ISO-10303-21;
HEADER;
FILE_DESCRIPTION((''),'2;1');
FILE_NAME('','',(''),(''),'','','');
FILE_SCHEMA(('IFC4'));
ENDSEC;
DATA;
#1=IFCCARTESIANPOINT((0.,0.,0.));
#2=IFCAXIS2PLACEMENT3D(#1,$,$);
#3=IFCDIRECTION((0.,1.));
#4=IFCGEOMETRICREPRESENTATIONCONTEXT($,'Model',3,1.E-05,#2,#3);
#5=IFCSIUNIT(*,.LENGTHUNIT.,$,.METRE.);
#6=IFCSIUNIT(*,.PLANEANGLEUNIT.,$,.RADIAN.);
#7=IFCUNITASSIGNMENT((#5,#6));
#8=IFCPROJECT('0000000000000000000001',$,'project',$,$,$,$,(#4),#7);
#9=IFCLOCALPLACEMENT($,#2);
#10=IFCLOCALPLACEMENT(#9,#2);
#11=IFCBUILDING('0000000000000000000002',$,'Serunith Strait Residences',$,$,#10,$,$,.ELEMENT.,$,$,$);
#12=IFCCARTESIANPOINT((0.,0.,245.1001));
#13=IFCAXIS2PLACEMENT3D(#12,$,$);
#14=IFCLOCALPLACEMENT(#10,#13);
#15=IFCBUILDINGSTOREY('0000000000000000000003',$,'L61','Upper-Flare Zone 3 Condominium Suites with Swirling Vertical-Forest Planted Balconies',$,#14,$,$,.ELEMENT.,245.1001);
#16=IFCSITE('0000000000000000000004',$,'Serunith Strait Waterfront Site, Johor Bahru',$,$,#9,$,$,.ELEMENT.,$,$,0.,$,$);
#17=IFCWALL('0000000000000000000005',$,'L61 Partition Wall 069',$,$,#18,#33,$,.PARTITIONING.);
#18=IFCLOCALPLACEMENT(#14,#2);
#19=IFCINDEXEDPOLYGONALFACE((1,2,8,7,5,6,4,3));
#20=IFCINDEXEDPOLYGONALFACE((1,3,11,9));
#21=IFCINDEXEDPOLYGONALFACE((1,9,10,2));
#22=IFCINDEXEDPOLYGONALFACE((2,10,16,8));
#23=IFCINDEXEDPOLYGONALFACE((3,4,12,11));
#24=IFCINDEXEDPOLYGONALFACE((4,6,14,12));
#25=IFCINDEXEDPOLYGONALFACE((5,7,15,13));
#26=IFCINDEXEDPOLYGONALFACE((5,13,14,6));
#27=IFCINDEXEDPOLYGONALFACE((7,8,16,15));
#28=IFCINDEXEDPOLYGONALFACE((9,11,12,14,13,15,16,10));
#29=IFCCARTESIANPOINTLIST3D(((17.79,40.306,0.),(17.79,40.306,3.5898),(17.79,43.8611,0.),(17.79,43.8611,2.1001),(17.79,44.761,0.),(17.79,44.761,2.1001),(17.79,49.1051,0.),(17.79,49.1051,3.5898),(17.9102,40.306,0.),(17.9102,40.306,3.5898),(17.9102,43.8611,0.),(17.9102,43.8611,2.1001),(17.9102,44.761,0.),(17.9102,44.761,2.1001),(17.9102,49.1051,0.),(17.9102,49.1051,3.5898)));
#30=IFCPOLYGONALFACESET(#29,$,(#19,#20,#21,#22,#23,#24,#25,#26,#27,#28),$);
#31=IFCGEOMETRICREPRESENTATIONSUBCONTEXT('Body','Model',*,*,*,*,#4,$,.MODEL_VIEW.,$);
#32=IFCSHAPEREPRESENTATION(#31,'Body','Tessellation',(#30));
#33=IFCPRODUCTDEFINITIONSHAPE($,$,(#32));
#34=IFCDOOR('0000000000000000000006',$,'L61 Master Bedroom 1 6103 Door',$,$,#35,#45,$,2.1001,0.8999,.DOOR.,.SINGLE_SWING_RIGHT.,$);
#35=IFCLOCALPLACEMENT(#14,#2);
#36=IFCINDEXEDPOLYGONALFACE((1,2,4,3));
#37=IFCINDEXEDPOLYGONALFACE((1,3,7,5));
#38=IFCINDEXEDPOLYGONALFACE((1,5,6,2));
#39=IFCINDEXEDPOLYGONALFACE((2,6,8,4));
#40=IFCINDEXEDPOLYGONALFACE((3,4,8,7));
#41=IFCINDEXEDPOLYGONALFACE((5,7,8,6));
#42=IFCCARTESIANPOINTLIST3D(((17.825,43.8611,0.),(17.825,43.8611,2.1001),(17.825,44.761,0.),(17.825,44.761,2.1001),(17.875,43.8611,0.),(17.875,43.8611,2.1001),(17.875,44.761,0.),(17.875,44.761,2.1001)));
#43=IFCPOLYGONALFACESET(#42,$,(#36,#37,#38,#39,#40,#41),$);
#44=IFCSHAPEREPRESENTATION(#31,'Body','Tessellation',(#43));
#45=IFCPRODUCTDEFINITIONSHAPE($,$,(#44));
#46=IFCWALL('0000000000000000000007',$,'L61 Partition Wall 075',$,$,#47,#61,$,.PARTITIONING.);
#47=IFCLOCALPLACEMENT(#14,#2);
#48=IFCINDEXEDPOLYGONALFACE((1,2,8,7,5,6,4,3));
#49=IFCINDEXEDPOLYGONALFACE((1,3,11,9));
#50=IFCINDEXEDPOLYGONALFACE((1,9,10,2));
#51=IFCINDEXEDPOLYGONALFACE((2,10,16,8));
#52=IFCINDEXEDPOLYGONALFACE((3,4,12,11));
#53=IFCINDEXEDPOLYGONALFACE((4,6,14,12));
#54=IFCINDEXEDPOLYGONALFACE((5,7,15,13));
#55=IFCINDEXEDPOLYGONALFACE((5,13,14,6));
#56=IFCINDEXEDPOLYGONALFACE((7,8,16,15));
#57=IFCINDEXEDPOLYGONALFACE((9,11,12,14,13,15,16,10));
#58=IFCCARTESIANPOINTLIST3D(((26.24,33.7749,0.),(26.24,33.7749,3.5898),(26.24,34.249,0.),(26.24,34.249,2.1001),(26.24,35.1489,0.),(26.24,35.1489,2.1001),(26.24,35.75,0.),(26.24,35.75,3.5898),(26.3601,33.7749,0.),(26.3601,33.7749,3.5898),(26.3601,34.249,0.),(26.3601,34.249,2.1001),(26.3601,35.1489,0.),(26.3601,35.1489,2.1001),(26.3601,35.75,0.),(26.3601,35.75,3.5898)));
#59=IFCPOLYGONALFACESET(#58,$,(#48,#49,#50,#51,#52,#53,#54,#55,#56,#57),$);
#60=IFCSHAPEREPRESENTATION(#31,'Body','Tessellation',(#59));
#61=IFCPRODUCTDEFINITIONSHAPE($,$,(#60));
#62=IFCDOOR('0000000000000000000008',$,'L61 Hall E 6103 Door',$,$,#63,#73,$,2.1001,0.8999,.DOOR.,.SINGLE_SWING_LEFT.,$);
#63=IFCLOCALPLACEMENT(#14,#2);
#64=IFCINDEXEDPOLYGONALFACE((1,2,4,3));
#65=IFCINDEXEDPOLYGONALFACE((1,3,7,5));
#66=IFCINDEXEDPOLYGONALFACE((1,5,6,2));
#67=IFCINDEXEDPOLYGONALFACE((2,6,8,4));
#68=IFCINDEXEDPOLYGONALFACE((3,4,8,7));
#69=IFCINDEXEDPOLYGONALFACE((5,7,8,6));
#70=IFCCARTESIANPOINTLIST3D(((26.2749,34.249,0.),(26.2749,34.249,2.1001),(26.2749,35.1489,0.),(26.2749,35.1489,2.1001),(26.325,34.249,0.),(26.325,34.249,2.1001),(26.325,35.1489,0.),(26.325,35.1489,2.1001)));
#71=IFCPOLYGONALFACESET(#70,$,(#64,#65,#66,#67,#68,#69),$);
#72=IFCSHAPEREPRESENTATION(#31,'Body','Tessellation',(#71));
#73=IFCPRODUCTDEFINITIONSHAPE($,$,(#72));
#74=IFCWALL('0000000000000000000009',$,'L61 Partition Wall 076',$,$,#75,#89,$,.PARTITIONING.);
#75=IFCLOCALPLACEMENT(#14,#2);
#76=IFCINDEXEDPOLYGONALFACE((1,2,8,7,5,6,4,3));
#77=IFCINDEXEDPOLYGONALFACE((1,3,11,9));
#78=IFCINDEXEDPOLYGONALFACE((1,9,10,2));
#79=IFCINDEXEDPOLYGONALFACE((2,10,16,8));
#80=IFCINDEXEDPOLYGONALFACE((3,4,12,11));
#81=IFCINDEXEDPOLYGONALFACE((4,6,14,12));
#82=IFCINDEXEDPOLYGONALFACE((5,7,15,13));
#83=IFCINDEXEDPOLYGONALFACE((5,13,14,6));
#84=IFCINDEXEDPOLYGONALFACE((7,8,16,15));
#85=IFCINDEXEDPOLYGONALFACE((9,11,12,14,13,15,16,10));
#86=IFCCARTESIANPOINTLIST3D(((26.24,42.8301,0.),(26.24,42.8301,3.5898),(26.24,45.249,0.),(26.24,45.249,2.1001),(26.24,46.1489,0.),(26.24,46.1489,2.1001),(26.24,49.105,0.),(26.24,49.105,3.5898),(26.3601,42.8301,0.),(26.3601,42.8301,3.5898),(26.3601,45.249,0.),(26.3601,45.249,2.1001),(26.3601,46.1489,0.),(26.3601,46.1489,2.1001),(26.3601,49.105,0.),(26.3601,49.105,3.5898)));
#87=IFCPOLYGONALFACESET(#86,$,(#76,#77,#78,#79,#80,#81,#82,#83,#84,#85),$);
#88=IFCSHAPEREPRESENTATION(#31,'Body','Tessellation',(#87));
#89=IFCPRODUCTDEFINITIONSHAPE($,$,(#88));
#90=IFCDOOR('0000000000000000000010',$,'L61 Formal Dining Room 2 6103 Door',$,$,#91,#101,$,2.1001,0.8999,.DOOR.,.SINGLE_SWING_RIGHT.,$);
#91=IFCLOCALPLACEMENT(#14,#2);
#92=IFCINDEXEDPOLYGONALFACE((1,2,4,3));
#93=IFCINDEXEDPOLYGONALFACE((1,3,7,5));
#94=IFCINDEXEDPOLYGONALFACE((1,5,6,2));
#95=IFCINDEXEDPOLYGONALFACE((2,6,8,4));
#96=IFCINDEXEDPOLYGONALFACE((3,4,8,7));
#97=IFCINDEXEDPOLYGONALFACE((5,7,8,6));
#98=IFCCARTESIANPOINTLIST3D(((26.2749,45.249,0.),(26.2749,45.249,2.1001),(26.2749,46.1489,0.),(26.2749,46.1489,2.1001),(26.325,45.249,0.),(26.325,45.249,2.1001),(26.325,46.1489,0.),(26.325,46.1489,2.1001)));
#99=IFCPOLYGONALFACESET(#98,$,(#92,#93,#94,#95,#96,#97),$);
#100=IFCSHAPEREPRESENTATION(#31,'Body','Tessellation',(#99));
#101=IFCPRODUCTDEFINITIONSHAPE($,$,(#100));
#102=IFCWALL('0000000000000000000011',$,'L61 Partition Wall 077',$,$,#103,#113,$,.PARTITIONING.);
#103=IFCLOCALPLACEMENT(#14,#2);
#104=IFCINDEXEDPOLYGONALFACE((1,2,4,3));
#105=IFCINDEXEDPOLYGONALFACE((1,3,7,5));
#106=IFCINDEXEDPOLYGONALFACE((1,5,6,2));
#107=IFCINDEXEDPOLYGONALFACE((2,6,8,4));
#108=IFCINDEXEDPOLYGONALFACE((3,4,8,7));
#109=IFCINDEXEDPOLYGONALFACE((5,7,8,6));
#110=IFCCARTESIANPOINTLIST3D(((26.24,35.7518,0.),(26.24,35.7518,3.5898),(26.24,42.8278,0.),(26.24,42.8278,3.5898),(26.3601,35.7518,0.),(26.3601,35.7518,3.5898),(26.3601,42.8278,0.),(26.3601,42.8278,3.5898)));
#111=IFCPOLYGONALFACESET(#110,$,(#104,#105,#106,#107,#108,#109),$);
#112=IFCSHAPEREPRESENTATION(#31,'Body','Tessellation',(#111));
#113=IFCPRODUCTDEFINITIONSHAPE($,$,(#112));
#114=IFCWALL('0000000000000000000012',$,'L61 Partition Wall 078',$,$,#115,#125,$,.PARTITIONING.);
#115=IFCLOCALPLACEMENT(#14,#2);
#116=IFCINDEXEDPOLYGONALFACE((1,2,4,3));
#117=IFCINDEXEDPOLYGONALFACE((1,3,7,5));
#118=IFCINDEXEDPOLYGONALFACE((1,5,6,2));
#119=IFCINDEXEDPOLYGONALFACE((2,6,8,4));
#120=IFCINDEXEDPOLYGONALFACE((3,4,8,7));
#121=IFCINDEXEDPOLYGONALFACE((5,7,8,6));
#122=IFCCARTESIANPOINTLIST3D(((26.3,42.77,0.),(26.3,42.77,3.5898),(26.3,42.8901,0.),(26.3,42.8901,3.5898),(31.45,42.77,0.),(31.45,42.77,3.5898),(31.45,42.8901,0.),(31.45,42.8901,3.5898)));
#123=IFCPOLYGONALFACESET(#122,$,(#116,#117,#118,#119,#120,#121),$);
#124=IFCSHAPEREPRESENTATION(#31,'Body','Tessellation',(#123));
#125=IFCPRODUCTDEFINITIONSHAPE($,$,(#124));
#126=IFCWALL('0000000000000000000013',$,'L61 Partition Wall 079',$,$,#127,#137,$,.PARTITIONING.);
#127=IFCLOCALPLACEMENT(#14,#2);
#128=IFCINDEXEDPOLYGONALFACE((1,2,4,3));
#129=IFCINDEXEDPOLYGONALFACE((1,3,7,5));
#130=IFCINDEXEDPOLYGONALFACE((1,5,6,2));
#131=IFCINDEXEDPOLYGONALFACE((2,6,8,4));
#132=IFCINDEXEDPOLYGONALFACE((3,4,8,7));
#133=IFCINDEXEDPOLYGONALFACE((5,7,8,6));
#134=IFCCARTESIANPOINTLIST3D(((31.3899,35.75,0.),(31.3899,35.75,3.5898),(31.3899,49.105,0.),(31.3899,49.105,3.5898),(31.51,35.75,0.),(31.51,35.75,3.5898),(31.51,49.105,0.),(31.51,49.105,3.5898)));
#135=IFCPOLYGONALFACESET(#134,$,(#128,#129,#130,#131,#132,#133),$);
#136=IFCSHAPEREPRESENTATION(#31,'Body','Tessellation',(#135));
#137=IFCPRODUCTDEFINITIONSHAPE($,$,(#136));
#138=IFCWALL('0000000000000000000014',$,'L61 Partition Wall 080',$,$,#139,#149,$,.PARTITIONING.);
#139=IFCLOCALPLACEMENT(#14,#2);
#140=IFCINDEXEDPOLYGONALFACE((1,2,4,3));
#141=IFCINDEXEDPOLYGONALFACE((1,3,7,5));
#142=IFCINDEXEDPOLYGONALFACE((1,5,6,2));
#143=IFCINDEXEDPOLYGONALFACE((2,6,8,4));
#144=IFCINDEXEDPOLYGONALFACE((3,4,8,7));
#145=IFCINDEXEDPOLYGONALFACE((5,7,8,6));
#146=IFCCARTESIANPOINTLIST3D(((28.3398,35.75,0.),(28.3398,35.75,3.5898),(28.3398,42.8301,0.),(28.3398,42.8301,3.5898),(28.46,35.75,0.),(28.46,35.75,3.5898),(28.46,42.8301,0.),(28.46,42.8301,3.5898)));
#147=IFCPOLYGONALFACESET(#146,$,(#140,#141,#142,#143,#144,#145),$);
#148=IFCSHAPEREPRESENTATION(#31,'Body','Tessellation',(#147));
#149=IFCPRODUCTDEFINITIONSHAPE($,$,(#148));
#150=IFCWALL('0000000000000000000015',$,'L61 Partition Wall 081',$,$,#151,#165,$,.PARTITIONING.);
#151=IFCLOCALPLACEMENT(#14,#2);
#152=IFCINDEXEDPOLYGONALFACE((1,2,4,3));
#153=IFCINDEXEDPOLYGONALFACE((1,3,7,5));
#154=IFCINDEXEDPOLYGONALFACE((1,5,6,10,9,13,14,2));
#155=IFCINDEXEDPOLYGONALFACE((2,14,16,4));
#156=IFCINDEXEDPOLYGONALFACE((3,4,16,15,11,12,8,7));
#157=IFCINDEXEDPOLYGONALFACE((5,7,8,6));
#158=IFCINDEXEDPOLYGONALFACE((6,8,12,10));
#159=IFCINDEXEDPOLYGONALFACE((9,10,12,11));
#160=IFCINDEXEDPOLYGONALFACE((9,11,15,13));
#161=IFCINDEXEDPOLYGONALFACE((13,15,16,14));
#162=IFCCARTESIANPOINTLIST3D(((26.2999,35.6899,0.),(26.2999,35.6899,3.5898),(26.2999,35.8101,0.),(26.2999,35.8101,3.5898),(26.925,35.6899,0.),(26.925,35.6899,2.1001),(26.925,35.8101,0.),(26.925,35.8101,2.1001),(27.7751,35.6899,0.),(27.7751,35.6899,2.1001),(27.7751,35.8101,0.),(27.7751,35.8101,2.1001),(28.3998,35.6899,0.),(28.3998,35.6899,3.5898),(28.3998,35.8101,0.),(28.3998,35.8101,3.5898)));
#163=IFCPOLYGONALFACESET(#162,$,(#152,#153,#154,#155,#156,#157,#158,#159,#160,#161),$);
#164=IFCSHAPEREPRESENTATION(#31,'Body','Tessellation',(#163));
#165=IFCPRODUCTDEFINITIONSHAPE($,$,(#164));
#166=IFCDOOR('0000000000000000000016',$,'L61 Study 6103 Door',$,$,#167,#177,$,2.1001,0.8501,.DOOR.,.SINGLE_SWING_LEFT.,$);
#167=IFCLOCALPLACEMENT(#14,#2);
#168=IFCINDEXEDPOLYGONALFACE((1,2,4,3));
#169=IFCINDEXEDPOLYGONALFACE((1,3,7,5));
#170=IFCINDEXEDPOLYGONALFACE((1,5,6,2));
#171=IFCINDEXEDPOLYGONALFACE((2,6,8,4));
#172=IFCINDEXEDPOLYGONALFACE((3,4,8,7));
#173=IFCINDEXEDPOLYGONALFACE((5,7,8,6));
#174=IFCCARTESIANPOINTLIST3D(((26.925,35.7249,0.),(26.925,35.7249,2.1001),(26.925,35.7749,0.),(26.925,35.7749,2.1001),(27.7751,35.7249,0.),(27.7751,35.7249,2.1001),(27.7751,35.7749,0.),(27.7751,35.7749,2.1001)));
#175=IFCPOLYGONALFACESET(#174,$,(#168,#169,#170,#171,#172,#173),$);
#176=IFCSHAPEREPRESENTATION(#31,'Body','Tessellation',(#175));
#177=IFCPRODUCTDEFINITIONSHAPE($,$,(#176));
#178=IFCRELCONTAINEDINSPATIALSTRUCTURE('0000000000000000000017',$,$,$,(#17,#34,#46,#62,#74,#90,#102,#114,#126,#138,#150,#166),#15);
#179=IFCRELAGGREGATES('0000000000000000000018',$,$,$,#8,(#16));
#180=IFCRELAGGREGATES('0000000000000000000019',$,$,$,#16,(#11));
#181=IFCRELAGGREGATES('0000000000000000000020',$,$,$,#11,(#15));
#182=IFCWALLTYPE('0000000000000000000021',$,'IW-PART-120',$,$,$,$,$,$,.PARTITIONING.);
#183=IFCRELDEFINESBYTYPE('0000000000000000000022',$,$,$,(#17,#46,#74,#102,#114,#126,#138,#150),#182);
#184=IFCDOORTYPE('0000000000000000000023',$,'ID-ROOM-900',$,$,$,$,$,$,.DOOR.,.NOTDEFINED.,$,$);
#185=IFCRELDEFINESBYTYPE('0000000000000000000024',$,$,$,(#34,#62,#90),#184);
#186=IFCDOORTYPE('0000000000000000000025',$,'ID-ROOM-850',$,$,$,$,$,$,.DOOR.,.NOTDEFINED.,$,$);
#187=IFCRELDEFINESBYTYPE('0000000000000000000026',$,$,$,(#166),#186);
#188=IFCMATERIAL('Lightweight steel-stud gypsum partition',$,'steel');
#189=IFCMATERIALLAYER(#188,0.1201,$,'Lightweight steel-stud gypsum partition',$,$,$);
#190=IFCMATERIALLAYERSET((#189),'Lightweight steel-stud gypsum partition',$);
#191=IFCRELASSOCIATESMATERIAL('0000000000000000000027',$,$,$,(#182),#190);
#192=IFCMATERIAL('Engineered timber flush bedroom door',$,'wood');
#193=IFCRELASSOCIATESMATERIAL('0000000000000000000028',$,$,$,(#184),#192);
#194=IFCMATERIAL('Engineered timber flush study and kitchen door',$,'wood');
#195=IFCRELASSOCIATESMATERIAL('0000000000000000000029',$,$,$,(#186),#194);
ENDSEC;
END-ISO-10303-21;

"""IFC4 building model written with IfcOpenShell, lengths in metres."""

from ifc_helpers import new_model, si_unit, direction, frame, frame_2d, origin, place, context, subcontext, project, spatial, rectangle, extrude, source, transform, mapped, material, layer, layer_set, type_object, element, fill, save


model = new_model("IFC4")

# Units and contexts
model_context = context("Model", 3, precision=1e-05, world=origin(), true_north=direction((0.0, 1.0)))
body_context = subcontext(model_context, "Body", "Model", "MODEL_VIEW")
ifc_project = project(units=[si_unit("LENGTHUNIT", "METRE"), si_unit("PLANEANGLEUNIT", "RADIAN")], contexts=[model_context])

# Site, building, storey
site_placement = place(None, origin())
site = spatial("IfcSite", under=ifc_project, at=site_placement, Name="Serunith Strait Waterfront Site, Johor Bahru", CompositionType="ELEMENT", RefElevation=0.0)
building_placement = place(site_placement, origin())
building = spatial("IfcBuilding", under=site, at=building_placement, Name="Serunith Strait Residences", CompositionType="ELEMENT")
storey_placement = place(building_placement, frame((0.0, 0.0, 245.1001)))
storey = spatial("IfcBuildingStorey", under=building, at=storey_placement, Name="L61", Description="Upper-Flare Zone 3 Condominium Suites with Swirling Vertical-Forest Planted Balconies", CompositionType="ELEMENT", Elevation=245.1001)

# Shared definitions
ifc_material_1 = material(Name="Lightweight steel-stud gypsum partition", Category="steel")
ifc_layer_1 = layer(ifc_material_1, 0.1201, Name="Lightweight steel-stud gypsum partition")
ifc_layer_set_1 = layer_set([ifc_layer_1], Name="Lightweight steel-stud gypsum partition")
wall_type = type_object("IfcWallType", Name="IW-PART-120", PredefinedType="PARTITIONING", material=ifc_layer_set_1)

# Walls, openings, doors
wall_1_placement = place(storey_placement, frame((17.8501, 49.105, 0.0), z_axis=(0.0, 0.0, 1.0), x_axis=(0.0, -1.0, 0.0)))
wall_1 = element("IfcWall", 1, at=wall_1_placement, inside=storey, type_object=wall_type, Name="L61 Partition Wall 069", PredefinedType="PARTITIONING", context=body_context, shape_type="SweptSolid", body=[
    extrude(rectangle(XDim=8.7991, YDim=0.1201, at=frame_2d((4.3994, 0.0))), origin(), (0.0, 0.0, 1.0), 3.5898),
])
opening_1_placement = place(wall_1_placement, frame((4.344, 0.0, 0.0)))
opening_1 = element("IfcOpeningElement", 2, at=opening_1_placement, cuts=wall_1, PredefinedType="OPENING", context=body_context, shape_type="SweptSolid", body=[
    extrude(rectangle(XDim=0.8999, YDim=2.1001, at=frame_2d((0.45, 1.05))), frame((0.0, 0.0701, 0.0), z_axis=(0.0, -1.0, 0.0), x_axis=(1.0, 0.0, 0.0)), (0.0, 0.0, 1.0), 0.1401),
])
ifc_material_2 = material(Name="Engineered timber flush bedroom door", Category="wood")
door_type_1 = type_object("IfcDoorType", Name="ID-ROOM-900", OperationType="NOTDEFINED", PredefinedType="DOOR", material=ifc_material_2)
shared_shape_1 = source(origin(), body_context, "Body", "SweptSolid", [
    extrude(rectangle(XDim=0.8999, YDim=2.1001, at=frame_2d((0.45, 1.05))), frame((0.0, 0.0249, 0.0), z_axis=(0.0, -1.0, 0.0), x_axis=(1.0, 0.0, 0.0)), (0.0, 0.0, 1.0), 0.05),
])
door_1_placement = place(opening_1_placement, origin())
door_1 = element("IfcDoor", 3, at=door_1_placement, inside=storey, type_object=door_type_1, Name="L61 Master Bedroom 1 6103 Door", OperationType="SINGLE_SWING_RIGHT", OverallHeight=2.1001, OverallWidth=0.8999, PredefinedType="DOOR", context=body_context, shape_type="MappedRepresentation", body=[
    mapped(shared_shape_1, transform((0.0, 0.0, 0.0), scale=1.0)),
])
fill(opening_1, door_1)
wall_2_placement = place(storey_placement, frame((26.3, 35.75, 0.0), z_axis=(0.0, 0.0, 1.0), x_axis=(0.0, -1.0, 0.0)))
wall_2 = element("IfcWall", 4, at=wall_2_placement, inside=storey, type_object=wall_type, Name="L61 Partition Wall 075", PredefinedType="PARTITIONING", context=body_context, shape_type="SweptSolid", body=[
    extrude(rectangle(XDim=1.9751, YDim=0.1201, at=frame_2d((0.9875, 0.0))), origin(), (0.0, 0.0, 1.0), 3.5898),
])
opening_2_placement = place(wall_2_placement, frame((0.6011, 0.0, 0.0)))
opening_2 = element("IfcOpeningElement", 5, at=opening_2_placement, cuts=wall_2, PredefinedType="OPENING", context=body_context, shape_type="SweptSolid", body=[
    extrude(rectangle(XDim=0.8999, YDim=2.1001, at=frame_2d((0.45, 1.05))), frame((0.0, 0.0701, 0.0), z_axis=(0.0, -1.0, 0.0), x_axis=(1.0, 0.0, 0.0)), (0.0, 0.0, 1.0), 0.1401),
])
door_2_placement = place(opening_2_placement, origin())
door_2 = element("IfcDoor", 6, at=door_2_placement, inside=storey, type_object=door_type_1, Name="L61 Hall E 6103 Door", OperationType="SINGLE_SWING_LEFT", OverallHeight=2.1001, OverallWidth=0.8999, PredefinedType="DOOR", context=body_context, shape_type="MappedRepresentation", body=[
    mapped(shared_shape_1, transform((0.0, 0.0, 0.0), scale=1.0)),
])
fill(opening_2, door_2)
wall_3_placement = place(storey_placement, frame((26.3, 49.105, 0.0), z_axis=(0.0, 0.0, 1.0), x_axis=(0.0, -1.0, 0.0)))
wall_3 = element("IfcWall", 7, at=wall_3_placement, inside=storey, type_object=wall_type, Name="L61 Partition Wall 076", PredefinedType="PARTITIONING", context=body_context, shape_type="SweptSolid", body=[
    extrude(rectangle(XDim=6.2749, YDim=0.1201, at=frame_2d((3.1375, 0.0))), origin(), (0.0, 0.0, 1.0), 3.5898),
])
opening_3_placement = place(wall_3_placement, frame((2.9561, 0.0, 0.0)))
opening_3 = element("IfcOpeningElement", 8, at=opening_3_placement, cuts=wall_3, PredefinedType="OPENING", context=body_context, shape_type="SweptSolid", body=[
    extrude(rectangle(XDim=0.8999, YDim=2.1001, at=frame_2d((0.45, 1.05))), frame((0.0, 0.0701, 0.0), z_axis=(0.0, -1.0, 0.0), x_axis=(1.0, 0.0, 0.0)), (0.0, 0.0, 1.0), 0.1401),
])
door_3_placement = place(opening_3_placement, origin())
door_3 = element("IfcDoor", 9, at=door_3_placement, inside=storey, type_object=door_type_1, Name="L61 Formal Dining Room 2 6103 Door", OperationType="SINGLE_SWING_RIGHT", OverallHeight=2.1001, OverallWidth=0.8999, PredefinedType="DOOR", context=body_context, shape_type="MappedRepresentation", body=[
    mapped(shared_shape_1, transform((0.0, 0.0, 0.0), scale=1.0)),
])
fill(opening_3, door_3)

# Walls
wall_4_placement = place(storey_placement, frame((26.3, 42.8279, 0.0), z_axis=(0.0, 0.0, 1.0), x_axis=(0.0, -1.0, 0.0)))
element("IfcWall", 10, at=wall_4_placement, inside=storey, type_object=wall_type, Name="L61 Partition Wall 077", PredefinedType="PARTITIONING", context=body_context, shape_type="SweptSolid", body=[
    extrude(rectangle(XDim=7.0759, YDim=0.1201, at=frame_2d((3.5381, 0.0))), origin(), (0.0, 0.0, 1.0), 3.5898),
])
wall_5_placement = place(storey_placement, frame((26.3, 42.8301, 0.0), z_axis=(0.0, 0.0, 1.0), x_axis=(1.0, 0.0, 0.0)))
element("IfcWall", 11, at=wall_5_placement, inside=storey, type_object=wall_type, Name="L61 Partition Wall 078", PredefinedType="PARTITIONING", context=body_context, shape_type="SweptSolid", body=[
    extrude(rectangle(XDim=5.1499, YDim=0.1201, at=frame_2d((2.575, 0.0))), origin(), (0.0, 0.0, 1.0), 3.5898),
])
wall_6_placement = place(storey_placement, frame((31.45, 49.105, 0.0), z_axis=(0.0, 0.0, 1.0), x_axis=(0.0, -1.0, 0.0)))
element("IfcWall", 12, at=wall_6_placement, inside=storey, type_object=wall_type, Name="L61 Partition Wall 079", PredefinedType="PARTITIONING", context=body_context, shape_type="SweptSolid", body=[
    extrude(rectangle(XDim=13.355, YDim=0.1201, at=frame_2d((6.6775, 0.0))), origin(), (0.0, 0.0, 1.0), 3.5898),
])
wall_7_placement = place(storey_placement, frame((28.3999, 42.8301, 0.0), z_axis=(0.0, 0.0, 1.0), x_axis=(0.0, -1.0, 0.0)))
element("IfcWall", 13, at=wall_7_placement, inside=storey, type_object=wall_type, Name="L61 Partition Wall 080", PredefinedType="PARTITIONING", context=body_context, shape_type="SweptSolid", body=[
    extrude(rectangle(XDim=7.0801, YDim=0.1201, at=frame_2d((3.54, 0.0))), origin(), (0.0, 0.0, 1.0), 3.5898),
])

# Wall, opening, door
wall_8_placement = place(storey_placement, frame((26.3, 35.75, 0.0), z_axis=(0.0, 0.0, 1.0), x_axis=(1.0, 0.0, 0.0)))
wall_8 = element("IfcWall", 14, at=wall_8_placement, inside=storey, type_object=wall_type, Name="L61 Partition Wall 081", PredefinedType="PARTITIONING", context=body_context, shape_type="SweptSolid", body=[
    extrude(rectangle(XDim=2.0999, YDim=0.1201, at=frame_2d((1.0498, 0.0))), origin(), (0.0, 0.0, 1.0), 3.5898),
])
opening_4_placement = place(wall_8_placement, frame((0.625, 0.0, 0.0)))
opening_4 = element("IfcOpeningElement", 15, at=opening_4_placement, cuts=wall_8, PredefinedType="OPENING", context=body_context, shape_type="SweptSolid", body=[
    extrude(rectangle(XDim=0.8501, YDim=2.1001, at=frame_2d((0.425, 1.05))), frame((0.0, 0.0701, 0.0), z_axis=(0.0, -1.0, 0.0), x_axis=(1.0, 0.0, 0.0)), (0.0, 0.0, 1.0), 0.1401),
])
ifc_material_3 = material(Name="Engineered timber flush study and kitchen door", Category="wood")
door_type_2 = type_object("IfcDoorType", Name="ID-ROOM-850", OperationType="NOTDEFINED", PredefinedType="DOOR", material=ifc_material_3)
shared_shape_2 = source(origin(), body_context, "Body", "SweptSolid", [
    extrude(rectangle(XDim=0.8501, YDim=2.1001, at=frame_2d((0.425, 1.05))), frame((0.0, 0.0249, 0.0), z_axis=(0.0, -1.0, 0.0), x_axis=(1.0, 0.0, 0.0)), (0.0, 0.0, 1.0), 0.05),
])
door_4_placement = place(opening_4_placement, origin())
door_4 = element("IfcDoor", 16, at=door_4_placement, inside=storey, type_object=door_type_2, Name="L61 Study 6103 Door", OperationType="SINGLE_SWING_LEFT", OverallHeight=2.1001, OverallWidth=0.8501, PredefinedType="DOOR", context=body_context, shape_type="MappedRepresentation", body=[
    mapped(shared_shape_2, transform((0.0, 0.0, 0.0), scale=1.0)),
])
fill(opening_4, door_4)

save(model, "model.ifc")
